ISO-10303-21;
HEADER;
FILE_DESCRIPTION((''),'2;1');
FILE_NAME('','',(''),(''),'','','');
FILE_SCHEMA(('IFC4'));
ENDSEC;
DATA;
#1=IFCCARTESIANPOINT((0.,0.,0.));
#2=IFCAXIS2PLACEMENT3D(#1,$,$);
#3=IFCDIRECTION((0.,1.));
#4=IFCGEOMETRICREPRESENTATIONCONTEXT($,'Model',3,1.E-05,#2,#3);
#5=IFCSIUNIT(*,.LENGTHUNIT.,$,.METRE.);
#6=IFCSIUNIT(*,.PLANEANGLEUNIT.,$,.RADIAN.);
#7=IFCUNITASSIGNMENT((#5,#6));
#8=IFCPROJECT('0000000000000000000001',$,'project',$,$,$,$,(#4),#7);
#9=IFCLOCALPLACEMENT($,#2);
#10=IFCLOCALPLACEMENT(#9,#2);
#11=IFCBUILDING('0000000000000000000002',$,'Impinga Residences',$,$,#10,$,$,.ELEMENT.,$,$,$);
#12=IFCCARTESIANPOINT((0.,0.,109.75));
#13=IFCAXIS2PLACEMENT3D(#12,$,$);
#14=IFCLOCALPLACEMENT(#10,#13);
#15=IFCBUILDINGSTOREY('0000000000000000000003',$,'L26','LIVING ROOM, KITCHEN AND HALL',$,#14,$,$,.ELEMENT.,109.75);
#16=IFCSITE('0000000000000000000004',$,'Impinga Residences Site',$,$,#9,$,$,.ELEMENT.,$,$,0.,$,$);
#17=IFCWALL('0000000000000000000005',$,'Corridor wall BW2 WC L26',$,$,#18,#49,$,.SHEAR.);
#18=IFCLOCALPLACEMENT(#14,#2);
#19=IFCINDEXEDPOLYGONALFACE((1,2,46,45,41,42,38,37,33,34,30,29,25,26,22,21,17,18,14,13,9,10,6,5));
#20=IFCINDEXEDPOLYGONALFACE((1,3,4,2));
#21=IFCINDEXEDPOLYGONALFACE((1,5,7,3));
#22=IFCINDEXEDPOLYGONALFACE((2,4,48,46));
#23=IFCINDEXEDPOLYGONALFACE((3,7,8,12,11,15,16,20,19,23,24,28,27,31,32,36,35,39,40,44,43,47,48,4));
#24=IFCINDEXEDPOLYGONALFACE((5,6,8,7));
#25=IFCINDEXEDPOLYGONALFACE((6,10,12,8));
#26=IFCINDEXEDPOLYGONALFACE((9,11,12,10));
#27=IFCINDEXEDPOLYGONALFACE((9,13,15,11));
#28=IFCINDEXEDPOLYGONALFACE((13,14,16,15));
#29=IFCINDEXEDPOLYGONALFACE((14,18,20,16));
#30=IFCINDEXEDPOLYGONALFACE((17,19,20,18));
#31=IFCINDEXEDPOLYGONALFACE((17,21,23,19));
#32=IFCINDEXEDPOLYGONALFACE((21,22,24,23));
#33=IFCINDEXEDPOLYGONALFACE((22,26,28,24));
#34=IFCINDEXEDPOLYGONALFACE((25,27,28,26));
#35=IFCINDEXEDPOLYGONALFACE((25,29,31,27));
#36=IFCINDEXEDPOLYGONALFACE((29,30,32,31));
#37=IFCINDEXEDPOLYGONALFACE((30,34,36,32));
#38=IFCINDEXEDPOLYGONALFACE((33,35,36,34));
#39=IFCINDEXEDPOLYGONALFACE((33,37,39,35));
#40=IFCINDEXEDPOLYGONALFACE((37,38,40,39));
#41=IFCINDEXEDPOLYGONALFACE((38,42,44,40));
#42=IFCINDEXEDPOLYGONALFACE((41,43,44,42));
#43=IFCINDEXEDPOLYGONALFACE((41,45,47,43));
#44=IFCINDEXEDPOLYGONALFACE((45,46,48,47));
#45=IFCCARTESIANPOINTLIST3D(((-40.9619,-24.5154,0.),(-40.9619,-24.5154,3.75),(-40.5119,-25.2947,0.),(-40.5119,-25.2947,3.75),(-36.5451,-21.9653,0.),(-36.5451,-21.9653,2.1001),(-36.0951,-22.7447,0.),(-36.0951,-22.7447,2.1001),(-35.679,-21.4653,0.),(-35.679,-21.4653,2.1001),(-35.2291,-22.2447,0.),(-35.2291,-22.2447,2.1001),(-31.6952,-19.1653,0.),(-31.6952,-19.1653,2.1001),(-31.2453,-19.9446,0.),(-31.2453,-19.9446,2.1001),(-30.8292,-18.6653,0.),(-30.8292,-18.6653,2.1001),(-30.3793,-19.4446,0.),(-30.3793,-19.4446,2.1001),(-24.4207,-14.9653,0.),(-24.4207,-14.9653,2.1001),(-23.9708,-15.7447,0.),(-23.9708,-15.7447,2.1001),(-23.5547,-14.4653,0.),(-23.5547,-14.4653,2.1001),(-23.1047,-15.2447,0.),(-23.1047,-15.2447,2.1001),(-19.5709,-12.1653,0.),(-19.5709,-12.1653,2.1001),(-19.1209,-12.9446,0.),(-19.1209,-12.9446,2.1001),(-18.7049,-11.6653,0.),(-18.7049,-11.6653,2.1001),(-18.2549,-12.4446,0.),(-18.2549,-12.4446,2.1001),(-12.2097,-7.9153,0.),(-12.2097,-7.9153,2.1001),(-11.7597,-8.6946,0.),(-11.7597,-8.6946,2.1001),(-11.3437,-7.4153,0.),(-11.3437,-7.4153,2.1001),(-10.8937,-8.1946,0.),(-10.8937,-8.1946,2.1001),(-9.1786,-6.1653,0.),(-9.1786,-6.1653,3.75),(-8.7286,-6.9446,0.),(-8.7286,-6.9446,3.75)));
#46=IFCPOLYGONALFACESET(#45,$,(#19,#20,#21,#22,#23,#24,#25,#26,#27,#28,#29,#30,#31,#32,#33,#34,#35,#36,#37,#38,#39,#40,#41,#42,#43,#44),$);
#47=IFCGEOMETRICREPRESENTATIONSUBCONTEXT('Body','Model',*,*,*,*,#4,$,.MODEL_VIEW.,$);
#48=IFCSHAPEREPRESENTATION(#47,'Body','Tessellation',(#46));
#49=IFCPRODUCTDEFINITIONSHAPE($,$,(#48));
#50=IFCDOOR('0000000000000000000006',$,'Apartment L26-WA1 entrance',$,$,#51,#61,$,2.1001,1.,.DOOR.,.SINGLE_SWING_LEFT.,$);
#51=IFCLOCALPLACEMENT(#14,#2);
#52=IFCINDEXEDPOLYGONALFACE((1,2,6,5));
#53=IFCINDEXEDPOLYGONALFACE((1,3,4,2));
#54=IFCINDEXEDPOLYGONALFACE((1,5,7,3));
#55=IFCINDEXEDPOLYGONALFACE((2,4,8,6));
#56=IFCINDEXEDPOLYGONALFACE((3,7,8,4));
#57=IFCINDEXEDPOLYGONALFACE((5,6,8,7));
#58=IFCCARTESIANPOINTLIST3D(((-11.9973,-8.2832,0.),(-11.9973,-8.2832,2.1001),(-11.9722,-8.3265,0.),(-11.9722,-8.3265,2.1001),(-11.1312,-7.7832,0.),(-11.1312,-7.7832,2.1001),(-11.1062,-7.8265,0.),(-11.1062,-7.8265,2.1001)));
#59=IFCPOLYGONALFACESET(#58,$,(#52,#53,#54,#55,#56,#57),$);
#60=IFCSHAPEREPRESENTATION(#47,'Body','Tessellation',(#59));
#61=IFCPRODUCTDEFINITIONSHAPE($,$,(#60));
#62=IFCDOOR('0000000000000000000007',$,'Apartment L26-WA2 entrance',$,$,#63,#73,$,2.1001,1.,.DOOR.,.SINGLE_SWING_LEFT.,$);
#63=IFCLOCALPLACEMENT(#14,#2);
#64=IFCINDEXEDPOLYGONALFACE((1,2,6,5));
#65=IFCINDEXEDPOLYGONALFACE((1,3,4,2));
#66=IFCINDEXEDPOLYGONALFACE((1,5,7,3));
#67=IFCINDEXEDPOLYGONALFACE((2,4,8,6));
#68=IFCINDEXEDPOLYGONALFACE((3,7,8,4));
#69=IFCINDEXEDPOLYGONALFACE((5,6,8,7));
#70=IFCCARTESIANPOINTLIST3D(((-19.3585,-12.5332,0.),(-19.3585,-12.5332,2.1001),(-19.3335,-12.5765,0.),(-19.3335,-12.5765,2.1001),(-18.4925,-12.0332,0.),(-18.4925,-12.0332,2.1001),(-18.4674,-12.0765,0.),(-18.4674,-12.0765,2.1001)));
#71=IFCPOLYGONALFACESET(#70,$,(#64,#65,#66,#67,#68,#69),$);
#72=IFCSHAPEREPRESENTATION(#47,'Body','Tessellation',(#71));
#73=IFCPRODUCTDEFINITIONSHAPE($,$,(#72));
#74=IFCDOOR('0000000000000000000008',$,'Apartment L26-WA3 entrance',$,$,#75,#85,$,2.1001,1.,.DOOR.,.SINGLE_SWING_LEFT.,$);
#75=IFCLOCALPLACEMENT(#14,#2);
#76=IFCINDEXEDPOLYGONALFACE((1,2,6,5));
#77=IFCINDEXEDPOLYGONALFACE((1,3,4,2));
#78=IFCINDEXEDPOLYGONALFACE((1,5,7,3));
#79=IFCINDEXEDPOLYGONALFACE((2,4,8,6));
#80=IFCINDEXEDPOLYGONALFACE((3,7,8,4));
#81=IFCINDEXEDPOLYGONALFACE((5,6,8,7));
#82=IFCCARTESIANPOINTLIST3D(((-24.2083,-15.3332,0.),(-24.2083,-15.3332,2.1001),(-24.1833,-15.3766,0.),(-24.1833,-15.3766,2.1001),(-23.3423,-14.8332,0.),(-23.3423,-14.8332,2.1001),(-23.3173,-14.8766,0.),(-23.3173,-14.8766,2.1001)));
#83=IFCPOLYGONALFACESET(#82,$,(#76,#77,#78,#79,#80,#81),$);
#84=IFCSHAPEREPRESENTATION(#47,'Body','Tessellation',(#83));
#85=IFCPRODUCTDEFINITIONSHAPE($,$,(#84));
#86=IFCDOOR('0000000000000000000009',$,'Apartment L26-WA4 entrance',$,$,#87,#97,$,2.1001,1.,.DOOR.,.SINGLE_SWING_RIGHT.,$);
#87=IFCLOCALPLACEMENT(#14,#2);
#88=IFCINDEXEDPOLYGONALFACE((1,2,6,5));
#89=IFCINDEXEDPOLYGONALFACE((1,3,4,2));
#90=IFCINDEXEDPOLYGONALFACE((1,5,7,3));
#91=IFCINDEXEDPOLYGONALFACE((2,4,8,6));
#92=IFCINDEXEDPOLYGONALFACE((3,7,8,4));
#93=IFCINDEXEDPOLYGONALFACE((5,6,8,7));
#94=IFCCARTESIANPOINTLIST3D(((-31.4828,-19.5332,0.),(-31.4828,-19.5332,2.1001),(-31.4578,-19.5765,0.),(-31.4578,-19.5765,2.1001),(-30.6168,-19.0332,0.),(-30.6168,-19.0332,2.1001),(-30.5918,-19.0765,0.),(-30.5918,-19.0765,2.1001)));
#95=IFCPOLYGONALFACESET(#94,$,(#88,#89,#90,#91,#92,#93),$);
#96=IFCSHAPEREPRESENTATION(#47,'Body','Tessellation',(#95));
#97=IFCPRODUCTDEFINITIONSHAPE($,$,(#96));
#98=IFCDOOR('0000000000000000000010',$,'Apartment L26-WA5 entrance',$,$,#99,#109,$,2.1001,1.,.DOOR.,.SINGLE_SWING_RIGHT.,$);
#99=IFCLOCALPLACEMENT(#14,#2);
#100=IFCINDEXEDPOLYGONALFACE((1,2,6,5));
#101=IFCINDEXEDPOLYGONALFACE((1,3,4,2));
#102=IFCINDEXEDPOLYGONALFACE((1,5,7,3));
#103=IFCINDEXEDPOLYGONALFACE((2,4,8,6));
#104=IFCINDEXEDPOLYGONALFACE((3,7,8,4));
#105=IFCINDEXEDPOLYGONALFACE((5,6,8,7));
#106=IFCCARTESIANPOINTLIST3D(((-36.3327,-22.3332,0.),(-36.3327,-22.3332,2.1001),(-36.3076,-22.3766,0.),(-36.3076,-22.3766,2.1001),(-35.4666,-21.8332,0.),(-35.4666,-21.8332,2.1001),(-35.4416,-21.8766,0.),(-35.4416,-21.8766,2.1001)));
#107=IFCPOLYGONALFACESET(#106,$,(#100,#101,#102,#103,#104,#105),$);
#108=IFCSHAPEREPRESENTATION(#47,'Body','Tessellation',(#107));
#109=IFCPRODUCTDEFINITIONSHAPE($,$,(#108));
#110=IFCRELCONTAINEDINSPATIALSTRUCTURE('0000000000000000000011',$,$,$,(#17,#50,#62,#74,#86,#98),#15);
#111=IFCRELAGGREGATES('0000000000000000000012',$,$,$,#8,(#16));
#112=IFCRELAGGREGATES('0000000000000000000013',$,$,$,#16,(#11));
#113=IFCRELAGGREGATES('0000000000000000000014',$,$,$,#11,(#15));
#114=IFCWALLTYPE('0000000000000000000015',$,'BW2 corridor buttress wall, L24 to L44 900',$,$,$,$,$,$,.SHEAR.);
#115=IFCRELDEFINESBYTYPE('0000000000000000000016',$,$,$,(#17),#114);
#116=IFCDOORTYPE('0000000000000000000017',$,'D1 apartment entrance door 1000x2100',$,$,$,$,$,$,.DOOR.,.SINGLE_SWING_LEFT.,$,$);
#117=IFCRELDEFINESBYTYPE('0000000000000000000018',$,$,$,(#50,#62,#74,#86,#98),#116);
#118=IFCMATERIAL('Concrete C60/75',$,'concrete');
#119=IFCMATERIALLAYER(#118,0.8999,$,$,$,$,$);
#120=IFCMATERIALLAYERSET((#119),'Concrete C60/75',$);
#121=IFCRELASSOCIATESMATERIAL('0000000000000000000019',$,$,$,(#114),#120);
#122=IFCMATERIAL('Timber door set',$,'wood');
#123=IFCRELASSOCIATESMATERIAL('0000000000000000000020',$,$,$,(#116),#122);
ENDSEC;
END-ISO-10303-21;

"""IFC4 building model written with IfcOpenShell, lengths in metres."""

from ifc_helpers import new_model, si_unit, direction, frame, frame_2d, origin, place, context, subcontext, project, spatial, rectangle, extrude, material, layer, layer_set, type_object, element, fill, save


model = new_model("IFC4")

# Units and contexts
model_context = context("Model", 3, precision=1e-05, world=origin(), true_north=direction((0.0, 1.0)))
body_context = subcontext(model_context, "Body", "Model", "MODEL_VIEW")
ifc_project = project(units=[si_unit("LENGTHUNIT", "METRE"), si_unit("PLANEANGLEUNIT", "RADIAN")], contexts=[model_context])

# Site, building, storey
site_placement = place(None, origin())
site = spatial("IfcSite", under=ifc_project, at=site_placement, Name="Impinga Residences Site", CompositionType="ELEMENT", RefElevation=0.0)
building_placement = place(site_placement, origin())
building = spatial("IfcBuilding", under=site, at=building_placement, Name="Impinga Residences", CompositionType="ELEMENT")
storey_placement = place(building_placement, frame((0.0, 0.0, 109.75)))
storey = spatial("IfcBuildingStorey", under=building, at=storey_placement, Name="L26", Description="LIVING ROOM, KITCHEN AND HALL", CompositionType="ELEMENT", Elevation=109.75)

# Wall, openings, doors
ifc_material_1 = material(Name="Concrete C60/75", Category="concrete")
ifc_layer_1 = layer(ifc_material_1, 0.8999)
ifc_layer_set_1 = layer_set([ifc_layer_1], Name="Concrete C60/75")
wall_type_1 = type_object("IfcWallType", Name="BW2 corridor buttress wall, L24 to L44 900", PredefinedType="SHEAR", material=ifc_layer_set_1)
wall_1_placement = place(storey_placement, frame((-8.9536, -6.5549, 0.0), z_axis=(0.0, 0.0, 1.0), x_axis=(-0.866025, -0.500001, 0.0)))
wall_1 = element("IfcWall", 1, at=wall_1_placement, inside=storey, type_object=wall_type_1, Name="Corridor wall BW2 WC L26", PredefinedType="SHEAR", context=body_context, shape_type="SweptSolid", body=[
    extrude(rectangle(XDim=36.7002, YDim=0.8999, at=frame_2d((18.3501, 0.0))), origin(), (0.0, 0.0, 1.0), 3.75),
])
opening_1_placement = place(wall_1_placement, frame((2.5, 0.0, 0.0)))
opening_1 = element("IfcOpeningElement", 2, at=opening_1_placement, cuts=wall_1, PredefinedType="OPENING", context=body_context, shape_type="SweptSolid", body=[
    extrude(rectangle(XDim=1.0, YDim=2.1001, at=frame_2d((0.5, 1.05))), frame((0.0, 0.46, 0.0), z_axis=(0.0, -1.0, 0.0), x_axis=(1.0, 0.0, 0.0)), (0.0, 0.0, 1.0), 0.9199),
])
opening_2_placement = place(wall_1_placement, frame((11.0, 0.0, 0.0)))
opening_2 = element("IfcOpeningElement", 3, at=opening_2_placement, cuts=wall_1, PredefinedType="OPENING", context=body_context, shape_type="SweptSolid", body=[
    extrude(rectangle(XDim=1.0, YDim=2.1001, at=frame_2d((0.5, 1.05))), frame((0.0, 0.46, 0.0), z_axis=(0.0, -1.0, 0.0), x_axis=(1.0, 0.0, 0.0)), (0.0, 0.0, 1.0), 0.9199),
])
opening_3_placement = place(wall_1_placement, frame((16.6001, 0.0, 0.0)))
opening_3 = element("IfcOpeningElement", 4, at=opening_3_placement, cuts=wall_1, PredefinedType="OPENING", context=body_context, shape_type="SweptSolid", body=[
    extrude(rectangle(XDim=1.0, YDim=2.1001, at=frame_2d((0.5, 1.05))), frame((0.0, 0.46, 0.0), z_axis=(0.0, -1.0, 0.0), x_axis=(1.0, 0.0, 0.0)), (0.0, 0.0, 1.0), 0.9199),
])
opening_4_placement = place(wall_1_placement, frame((25.0, 0.0, 0.0)))
opening_4 = element("IfcOpeningElement", 5, at=opening_4_placement, cuts=wall_1, PredefinedType="OPENING", context=body_context, shape_type="SweptSolid", body=[
    extrude(rectangle(XDim=1.0, YDim=2.1001, at=frame_2d((0.5, 1.05))), frame((0.0, 0.46, 0.0), z_axis=(0.0, -1.0, 0.0), x_axis=(1.0, 0.0, 0.0)), (0.0, 0.0, 1.0), 0.9199),
])
opening_5_placement = place(wall_1_placement, frame((30.6001, 0.0, 0.0)))
opening_5 = element("IfcOpeningElement", 6, at=opening_5_placement, cuts=wall_1, PredefinedType="OPENING", context=body_context, shape_type="SweptSolid", body=[
    extrude(rectangle(XDim=1.0, YDim=2.1001, at=frame_2d((0.5, 1.05))), frame((0.0, 0.46, 0.0), z_axis=(0.0, -1.0, 0.0), x_axis=(1.0, 0.0, 0.0)), (0.0, 0.0, 1.0), 0.9199),
])
ifc_material_2 = material(Name="Timber door set", Category="wood")
door_type_1 = type_object("IfcDoorType", Name="D1 apartment entrance door 1000x2100", OperationType="SINGLE_SWING_LEFT", PredefinedType="DOOR", material=ifc_material_2)
door_1_placement = place(opening_1_placement, origin())
door_1 = element("IfcDoor", 7, at=door_1_placement, inside=storey, type_object=door_type_1, Name="Apartment L26-WA1 entrance", OperationType="SINGLE_SWING_LEFT", OverallHeight=2.1001, OverallWidth=1.0, PredefinedType="DOOR", context=body_context, shape_type="SweptSolid", body=[
    extrude(rectangle(XDim=1.0, YDim=2.1001, at=frame_2d((0.5, 1.05))), frame((0.0, 0.0249, 0.0), z_axis=(0.0, -1.0, 0.0), x_axis=(1.0, 0.0, 0.0)), (0.0, 0.0, 1.0), 0.05),
])
fill(opening_1, door_1)
door_2_placement = place(opening_2_placement, origin())
door_2 = element("IfcDoor", 8, at=door_2_placement, inside=storey, type_object=door_type_1, Name="Apartment L26-WA2 entrance", OperationType="SINGLE_SWING_LEFT", OverallHeight=2.1001, OverallWidth=1.0, PredefinedType="DOOR", context=body_context, shape_type="SweptSolid", body=[
    extrude(rectangle(XDim=1.0, YDim=2.1001, at=frame_2d((0.5, 1.05))), frame((0.0, 0.0249, 0.0), z_axis=(0.0, -1.0, 0.0), x_axis=(1.0, 0.0, 0.0)), (0.0, 0.0, 1.0), 0.05),
])
fill(opening_2, door_2)
door_3_placement = place(opening_3_placement, origin())
door_3 = element("IfcDoor", 9, at=door_3_placement, inside=storey, type_object=door_type_1, Name="Apartment L26-WA3 entrance", OperationType="SINGLE_SWING_LEFT", OverallHeight=2.1001, OverallWidth=1.0, PredefinedType="DOOR", context=body_context, shape_type="SweptSolid", body=[
    extrude(rectangle(XDim=1.0, YDim=2.1001, at=frame_2d((0.5, 1.05))), frame((0.0, 0.0249, 0.0), z_axis=(0.0, -1.0, 0.0), x_axis=(1.0, 0.0, 0.0)), (0.0, 0.0, 1.0), 0.05),
])
fill(opening_3, door_3)
door_4_placement = place(opening_4_placement, origin())
door_4 = element("IfcDoor", 10, at=door_4_placement, inside=storey, type_object=door_type_1, Name="Apartment L26-WA4 entrance", OperationType="SINGLE_SWING_RIGHT", OverallHeight=2.1001, OverallWidth=1.0, PredefinedType="DOOR", context=body_context, shape_type="SweptSolid", body=[
    extrude(rectangle(XDim=1.0, YDim=2.1001, at=frame_2d((0.5, 1.05))), frame((0.0, 0.0249, 0.0), z_axis=(0.0, -1.0, 0.0), x_axis=(1.0, 0.0, 0.0)), (0.0, 0.0, 1.0), 0.05),
])
fill(opening_4, door_4)
door_5_placement = place(opening_5_placement, origin())
door_5 = element("IfcDoor", 11, at=door_5_placement, inside=storey, type_object=door_type_1, Name="Apartment L26-WA5 entrance", OperationType="SINGLE_SWING_RIGHT", OverallHeight=2.1001, OverallWidth=1.0, PredefinedType="DOOR", context=body_context, shape_type="SweptSolid", body=[
    extrude(rectangle(XDim=1.0, YDim=2.1001, at=frame_2d((0.5, 1.05))), frame((0.0, 0.0249, 0.0), z_axis=(0.0, -1.0, 0.0), x_axis=(1.0, 0.0, 0.0)), (0.0, 0.0, 1.0), 0.05),
])
fill(opening_5, door_5)

save(model, "model.ifc")
